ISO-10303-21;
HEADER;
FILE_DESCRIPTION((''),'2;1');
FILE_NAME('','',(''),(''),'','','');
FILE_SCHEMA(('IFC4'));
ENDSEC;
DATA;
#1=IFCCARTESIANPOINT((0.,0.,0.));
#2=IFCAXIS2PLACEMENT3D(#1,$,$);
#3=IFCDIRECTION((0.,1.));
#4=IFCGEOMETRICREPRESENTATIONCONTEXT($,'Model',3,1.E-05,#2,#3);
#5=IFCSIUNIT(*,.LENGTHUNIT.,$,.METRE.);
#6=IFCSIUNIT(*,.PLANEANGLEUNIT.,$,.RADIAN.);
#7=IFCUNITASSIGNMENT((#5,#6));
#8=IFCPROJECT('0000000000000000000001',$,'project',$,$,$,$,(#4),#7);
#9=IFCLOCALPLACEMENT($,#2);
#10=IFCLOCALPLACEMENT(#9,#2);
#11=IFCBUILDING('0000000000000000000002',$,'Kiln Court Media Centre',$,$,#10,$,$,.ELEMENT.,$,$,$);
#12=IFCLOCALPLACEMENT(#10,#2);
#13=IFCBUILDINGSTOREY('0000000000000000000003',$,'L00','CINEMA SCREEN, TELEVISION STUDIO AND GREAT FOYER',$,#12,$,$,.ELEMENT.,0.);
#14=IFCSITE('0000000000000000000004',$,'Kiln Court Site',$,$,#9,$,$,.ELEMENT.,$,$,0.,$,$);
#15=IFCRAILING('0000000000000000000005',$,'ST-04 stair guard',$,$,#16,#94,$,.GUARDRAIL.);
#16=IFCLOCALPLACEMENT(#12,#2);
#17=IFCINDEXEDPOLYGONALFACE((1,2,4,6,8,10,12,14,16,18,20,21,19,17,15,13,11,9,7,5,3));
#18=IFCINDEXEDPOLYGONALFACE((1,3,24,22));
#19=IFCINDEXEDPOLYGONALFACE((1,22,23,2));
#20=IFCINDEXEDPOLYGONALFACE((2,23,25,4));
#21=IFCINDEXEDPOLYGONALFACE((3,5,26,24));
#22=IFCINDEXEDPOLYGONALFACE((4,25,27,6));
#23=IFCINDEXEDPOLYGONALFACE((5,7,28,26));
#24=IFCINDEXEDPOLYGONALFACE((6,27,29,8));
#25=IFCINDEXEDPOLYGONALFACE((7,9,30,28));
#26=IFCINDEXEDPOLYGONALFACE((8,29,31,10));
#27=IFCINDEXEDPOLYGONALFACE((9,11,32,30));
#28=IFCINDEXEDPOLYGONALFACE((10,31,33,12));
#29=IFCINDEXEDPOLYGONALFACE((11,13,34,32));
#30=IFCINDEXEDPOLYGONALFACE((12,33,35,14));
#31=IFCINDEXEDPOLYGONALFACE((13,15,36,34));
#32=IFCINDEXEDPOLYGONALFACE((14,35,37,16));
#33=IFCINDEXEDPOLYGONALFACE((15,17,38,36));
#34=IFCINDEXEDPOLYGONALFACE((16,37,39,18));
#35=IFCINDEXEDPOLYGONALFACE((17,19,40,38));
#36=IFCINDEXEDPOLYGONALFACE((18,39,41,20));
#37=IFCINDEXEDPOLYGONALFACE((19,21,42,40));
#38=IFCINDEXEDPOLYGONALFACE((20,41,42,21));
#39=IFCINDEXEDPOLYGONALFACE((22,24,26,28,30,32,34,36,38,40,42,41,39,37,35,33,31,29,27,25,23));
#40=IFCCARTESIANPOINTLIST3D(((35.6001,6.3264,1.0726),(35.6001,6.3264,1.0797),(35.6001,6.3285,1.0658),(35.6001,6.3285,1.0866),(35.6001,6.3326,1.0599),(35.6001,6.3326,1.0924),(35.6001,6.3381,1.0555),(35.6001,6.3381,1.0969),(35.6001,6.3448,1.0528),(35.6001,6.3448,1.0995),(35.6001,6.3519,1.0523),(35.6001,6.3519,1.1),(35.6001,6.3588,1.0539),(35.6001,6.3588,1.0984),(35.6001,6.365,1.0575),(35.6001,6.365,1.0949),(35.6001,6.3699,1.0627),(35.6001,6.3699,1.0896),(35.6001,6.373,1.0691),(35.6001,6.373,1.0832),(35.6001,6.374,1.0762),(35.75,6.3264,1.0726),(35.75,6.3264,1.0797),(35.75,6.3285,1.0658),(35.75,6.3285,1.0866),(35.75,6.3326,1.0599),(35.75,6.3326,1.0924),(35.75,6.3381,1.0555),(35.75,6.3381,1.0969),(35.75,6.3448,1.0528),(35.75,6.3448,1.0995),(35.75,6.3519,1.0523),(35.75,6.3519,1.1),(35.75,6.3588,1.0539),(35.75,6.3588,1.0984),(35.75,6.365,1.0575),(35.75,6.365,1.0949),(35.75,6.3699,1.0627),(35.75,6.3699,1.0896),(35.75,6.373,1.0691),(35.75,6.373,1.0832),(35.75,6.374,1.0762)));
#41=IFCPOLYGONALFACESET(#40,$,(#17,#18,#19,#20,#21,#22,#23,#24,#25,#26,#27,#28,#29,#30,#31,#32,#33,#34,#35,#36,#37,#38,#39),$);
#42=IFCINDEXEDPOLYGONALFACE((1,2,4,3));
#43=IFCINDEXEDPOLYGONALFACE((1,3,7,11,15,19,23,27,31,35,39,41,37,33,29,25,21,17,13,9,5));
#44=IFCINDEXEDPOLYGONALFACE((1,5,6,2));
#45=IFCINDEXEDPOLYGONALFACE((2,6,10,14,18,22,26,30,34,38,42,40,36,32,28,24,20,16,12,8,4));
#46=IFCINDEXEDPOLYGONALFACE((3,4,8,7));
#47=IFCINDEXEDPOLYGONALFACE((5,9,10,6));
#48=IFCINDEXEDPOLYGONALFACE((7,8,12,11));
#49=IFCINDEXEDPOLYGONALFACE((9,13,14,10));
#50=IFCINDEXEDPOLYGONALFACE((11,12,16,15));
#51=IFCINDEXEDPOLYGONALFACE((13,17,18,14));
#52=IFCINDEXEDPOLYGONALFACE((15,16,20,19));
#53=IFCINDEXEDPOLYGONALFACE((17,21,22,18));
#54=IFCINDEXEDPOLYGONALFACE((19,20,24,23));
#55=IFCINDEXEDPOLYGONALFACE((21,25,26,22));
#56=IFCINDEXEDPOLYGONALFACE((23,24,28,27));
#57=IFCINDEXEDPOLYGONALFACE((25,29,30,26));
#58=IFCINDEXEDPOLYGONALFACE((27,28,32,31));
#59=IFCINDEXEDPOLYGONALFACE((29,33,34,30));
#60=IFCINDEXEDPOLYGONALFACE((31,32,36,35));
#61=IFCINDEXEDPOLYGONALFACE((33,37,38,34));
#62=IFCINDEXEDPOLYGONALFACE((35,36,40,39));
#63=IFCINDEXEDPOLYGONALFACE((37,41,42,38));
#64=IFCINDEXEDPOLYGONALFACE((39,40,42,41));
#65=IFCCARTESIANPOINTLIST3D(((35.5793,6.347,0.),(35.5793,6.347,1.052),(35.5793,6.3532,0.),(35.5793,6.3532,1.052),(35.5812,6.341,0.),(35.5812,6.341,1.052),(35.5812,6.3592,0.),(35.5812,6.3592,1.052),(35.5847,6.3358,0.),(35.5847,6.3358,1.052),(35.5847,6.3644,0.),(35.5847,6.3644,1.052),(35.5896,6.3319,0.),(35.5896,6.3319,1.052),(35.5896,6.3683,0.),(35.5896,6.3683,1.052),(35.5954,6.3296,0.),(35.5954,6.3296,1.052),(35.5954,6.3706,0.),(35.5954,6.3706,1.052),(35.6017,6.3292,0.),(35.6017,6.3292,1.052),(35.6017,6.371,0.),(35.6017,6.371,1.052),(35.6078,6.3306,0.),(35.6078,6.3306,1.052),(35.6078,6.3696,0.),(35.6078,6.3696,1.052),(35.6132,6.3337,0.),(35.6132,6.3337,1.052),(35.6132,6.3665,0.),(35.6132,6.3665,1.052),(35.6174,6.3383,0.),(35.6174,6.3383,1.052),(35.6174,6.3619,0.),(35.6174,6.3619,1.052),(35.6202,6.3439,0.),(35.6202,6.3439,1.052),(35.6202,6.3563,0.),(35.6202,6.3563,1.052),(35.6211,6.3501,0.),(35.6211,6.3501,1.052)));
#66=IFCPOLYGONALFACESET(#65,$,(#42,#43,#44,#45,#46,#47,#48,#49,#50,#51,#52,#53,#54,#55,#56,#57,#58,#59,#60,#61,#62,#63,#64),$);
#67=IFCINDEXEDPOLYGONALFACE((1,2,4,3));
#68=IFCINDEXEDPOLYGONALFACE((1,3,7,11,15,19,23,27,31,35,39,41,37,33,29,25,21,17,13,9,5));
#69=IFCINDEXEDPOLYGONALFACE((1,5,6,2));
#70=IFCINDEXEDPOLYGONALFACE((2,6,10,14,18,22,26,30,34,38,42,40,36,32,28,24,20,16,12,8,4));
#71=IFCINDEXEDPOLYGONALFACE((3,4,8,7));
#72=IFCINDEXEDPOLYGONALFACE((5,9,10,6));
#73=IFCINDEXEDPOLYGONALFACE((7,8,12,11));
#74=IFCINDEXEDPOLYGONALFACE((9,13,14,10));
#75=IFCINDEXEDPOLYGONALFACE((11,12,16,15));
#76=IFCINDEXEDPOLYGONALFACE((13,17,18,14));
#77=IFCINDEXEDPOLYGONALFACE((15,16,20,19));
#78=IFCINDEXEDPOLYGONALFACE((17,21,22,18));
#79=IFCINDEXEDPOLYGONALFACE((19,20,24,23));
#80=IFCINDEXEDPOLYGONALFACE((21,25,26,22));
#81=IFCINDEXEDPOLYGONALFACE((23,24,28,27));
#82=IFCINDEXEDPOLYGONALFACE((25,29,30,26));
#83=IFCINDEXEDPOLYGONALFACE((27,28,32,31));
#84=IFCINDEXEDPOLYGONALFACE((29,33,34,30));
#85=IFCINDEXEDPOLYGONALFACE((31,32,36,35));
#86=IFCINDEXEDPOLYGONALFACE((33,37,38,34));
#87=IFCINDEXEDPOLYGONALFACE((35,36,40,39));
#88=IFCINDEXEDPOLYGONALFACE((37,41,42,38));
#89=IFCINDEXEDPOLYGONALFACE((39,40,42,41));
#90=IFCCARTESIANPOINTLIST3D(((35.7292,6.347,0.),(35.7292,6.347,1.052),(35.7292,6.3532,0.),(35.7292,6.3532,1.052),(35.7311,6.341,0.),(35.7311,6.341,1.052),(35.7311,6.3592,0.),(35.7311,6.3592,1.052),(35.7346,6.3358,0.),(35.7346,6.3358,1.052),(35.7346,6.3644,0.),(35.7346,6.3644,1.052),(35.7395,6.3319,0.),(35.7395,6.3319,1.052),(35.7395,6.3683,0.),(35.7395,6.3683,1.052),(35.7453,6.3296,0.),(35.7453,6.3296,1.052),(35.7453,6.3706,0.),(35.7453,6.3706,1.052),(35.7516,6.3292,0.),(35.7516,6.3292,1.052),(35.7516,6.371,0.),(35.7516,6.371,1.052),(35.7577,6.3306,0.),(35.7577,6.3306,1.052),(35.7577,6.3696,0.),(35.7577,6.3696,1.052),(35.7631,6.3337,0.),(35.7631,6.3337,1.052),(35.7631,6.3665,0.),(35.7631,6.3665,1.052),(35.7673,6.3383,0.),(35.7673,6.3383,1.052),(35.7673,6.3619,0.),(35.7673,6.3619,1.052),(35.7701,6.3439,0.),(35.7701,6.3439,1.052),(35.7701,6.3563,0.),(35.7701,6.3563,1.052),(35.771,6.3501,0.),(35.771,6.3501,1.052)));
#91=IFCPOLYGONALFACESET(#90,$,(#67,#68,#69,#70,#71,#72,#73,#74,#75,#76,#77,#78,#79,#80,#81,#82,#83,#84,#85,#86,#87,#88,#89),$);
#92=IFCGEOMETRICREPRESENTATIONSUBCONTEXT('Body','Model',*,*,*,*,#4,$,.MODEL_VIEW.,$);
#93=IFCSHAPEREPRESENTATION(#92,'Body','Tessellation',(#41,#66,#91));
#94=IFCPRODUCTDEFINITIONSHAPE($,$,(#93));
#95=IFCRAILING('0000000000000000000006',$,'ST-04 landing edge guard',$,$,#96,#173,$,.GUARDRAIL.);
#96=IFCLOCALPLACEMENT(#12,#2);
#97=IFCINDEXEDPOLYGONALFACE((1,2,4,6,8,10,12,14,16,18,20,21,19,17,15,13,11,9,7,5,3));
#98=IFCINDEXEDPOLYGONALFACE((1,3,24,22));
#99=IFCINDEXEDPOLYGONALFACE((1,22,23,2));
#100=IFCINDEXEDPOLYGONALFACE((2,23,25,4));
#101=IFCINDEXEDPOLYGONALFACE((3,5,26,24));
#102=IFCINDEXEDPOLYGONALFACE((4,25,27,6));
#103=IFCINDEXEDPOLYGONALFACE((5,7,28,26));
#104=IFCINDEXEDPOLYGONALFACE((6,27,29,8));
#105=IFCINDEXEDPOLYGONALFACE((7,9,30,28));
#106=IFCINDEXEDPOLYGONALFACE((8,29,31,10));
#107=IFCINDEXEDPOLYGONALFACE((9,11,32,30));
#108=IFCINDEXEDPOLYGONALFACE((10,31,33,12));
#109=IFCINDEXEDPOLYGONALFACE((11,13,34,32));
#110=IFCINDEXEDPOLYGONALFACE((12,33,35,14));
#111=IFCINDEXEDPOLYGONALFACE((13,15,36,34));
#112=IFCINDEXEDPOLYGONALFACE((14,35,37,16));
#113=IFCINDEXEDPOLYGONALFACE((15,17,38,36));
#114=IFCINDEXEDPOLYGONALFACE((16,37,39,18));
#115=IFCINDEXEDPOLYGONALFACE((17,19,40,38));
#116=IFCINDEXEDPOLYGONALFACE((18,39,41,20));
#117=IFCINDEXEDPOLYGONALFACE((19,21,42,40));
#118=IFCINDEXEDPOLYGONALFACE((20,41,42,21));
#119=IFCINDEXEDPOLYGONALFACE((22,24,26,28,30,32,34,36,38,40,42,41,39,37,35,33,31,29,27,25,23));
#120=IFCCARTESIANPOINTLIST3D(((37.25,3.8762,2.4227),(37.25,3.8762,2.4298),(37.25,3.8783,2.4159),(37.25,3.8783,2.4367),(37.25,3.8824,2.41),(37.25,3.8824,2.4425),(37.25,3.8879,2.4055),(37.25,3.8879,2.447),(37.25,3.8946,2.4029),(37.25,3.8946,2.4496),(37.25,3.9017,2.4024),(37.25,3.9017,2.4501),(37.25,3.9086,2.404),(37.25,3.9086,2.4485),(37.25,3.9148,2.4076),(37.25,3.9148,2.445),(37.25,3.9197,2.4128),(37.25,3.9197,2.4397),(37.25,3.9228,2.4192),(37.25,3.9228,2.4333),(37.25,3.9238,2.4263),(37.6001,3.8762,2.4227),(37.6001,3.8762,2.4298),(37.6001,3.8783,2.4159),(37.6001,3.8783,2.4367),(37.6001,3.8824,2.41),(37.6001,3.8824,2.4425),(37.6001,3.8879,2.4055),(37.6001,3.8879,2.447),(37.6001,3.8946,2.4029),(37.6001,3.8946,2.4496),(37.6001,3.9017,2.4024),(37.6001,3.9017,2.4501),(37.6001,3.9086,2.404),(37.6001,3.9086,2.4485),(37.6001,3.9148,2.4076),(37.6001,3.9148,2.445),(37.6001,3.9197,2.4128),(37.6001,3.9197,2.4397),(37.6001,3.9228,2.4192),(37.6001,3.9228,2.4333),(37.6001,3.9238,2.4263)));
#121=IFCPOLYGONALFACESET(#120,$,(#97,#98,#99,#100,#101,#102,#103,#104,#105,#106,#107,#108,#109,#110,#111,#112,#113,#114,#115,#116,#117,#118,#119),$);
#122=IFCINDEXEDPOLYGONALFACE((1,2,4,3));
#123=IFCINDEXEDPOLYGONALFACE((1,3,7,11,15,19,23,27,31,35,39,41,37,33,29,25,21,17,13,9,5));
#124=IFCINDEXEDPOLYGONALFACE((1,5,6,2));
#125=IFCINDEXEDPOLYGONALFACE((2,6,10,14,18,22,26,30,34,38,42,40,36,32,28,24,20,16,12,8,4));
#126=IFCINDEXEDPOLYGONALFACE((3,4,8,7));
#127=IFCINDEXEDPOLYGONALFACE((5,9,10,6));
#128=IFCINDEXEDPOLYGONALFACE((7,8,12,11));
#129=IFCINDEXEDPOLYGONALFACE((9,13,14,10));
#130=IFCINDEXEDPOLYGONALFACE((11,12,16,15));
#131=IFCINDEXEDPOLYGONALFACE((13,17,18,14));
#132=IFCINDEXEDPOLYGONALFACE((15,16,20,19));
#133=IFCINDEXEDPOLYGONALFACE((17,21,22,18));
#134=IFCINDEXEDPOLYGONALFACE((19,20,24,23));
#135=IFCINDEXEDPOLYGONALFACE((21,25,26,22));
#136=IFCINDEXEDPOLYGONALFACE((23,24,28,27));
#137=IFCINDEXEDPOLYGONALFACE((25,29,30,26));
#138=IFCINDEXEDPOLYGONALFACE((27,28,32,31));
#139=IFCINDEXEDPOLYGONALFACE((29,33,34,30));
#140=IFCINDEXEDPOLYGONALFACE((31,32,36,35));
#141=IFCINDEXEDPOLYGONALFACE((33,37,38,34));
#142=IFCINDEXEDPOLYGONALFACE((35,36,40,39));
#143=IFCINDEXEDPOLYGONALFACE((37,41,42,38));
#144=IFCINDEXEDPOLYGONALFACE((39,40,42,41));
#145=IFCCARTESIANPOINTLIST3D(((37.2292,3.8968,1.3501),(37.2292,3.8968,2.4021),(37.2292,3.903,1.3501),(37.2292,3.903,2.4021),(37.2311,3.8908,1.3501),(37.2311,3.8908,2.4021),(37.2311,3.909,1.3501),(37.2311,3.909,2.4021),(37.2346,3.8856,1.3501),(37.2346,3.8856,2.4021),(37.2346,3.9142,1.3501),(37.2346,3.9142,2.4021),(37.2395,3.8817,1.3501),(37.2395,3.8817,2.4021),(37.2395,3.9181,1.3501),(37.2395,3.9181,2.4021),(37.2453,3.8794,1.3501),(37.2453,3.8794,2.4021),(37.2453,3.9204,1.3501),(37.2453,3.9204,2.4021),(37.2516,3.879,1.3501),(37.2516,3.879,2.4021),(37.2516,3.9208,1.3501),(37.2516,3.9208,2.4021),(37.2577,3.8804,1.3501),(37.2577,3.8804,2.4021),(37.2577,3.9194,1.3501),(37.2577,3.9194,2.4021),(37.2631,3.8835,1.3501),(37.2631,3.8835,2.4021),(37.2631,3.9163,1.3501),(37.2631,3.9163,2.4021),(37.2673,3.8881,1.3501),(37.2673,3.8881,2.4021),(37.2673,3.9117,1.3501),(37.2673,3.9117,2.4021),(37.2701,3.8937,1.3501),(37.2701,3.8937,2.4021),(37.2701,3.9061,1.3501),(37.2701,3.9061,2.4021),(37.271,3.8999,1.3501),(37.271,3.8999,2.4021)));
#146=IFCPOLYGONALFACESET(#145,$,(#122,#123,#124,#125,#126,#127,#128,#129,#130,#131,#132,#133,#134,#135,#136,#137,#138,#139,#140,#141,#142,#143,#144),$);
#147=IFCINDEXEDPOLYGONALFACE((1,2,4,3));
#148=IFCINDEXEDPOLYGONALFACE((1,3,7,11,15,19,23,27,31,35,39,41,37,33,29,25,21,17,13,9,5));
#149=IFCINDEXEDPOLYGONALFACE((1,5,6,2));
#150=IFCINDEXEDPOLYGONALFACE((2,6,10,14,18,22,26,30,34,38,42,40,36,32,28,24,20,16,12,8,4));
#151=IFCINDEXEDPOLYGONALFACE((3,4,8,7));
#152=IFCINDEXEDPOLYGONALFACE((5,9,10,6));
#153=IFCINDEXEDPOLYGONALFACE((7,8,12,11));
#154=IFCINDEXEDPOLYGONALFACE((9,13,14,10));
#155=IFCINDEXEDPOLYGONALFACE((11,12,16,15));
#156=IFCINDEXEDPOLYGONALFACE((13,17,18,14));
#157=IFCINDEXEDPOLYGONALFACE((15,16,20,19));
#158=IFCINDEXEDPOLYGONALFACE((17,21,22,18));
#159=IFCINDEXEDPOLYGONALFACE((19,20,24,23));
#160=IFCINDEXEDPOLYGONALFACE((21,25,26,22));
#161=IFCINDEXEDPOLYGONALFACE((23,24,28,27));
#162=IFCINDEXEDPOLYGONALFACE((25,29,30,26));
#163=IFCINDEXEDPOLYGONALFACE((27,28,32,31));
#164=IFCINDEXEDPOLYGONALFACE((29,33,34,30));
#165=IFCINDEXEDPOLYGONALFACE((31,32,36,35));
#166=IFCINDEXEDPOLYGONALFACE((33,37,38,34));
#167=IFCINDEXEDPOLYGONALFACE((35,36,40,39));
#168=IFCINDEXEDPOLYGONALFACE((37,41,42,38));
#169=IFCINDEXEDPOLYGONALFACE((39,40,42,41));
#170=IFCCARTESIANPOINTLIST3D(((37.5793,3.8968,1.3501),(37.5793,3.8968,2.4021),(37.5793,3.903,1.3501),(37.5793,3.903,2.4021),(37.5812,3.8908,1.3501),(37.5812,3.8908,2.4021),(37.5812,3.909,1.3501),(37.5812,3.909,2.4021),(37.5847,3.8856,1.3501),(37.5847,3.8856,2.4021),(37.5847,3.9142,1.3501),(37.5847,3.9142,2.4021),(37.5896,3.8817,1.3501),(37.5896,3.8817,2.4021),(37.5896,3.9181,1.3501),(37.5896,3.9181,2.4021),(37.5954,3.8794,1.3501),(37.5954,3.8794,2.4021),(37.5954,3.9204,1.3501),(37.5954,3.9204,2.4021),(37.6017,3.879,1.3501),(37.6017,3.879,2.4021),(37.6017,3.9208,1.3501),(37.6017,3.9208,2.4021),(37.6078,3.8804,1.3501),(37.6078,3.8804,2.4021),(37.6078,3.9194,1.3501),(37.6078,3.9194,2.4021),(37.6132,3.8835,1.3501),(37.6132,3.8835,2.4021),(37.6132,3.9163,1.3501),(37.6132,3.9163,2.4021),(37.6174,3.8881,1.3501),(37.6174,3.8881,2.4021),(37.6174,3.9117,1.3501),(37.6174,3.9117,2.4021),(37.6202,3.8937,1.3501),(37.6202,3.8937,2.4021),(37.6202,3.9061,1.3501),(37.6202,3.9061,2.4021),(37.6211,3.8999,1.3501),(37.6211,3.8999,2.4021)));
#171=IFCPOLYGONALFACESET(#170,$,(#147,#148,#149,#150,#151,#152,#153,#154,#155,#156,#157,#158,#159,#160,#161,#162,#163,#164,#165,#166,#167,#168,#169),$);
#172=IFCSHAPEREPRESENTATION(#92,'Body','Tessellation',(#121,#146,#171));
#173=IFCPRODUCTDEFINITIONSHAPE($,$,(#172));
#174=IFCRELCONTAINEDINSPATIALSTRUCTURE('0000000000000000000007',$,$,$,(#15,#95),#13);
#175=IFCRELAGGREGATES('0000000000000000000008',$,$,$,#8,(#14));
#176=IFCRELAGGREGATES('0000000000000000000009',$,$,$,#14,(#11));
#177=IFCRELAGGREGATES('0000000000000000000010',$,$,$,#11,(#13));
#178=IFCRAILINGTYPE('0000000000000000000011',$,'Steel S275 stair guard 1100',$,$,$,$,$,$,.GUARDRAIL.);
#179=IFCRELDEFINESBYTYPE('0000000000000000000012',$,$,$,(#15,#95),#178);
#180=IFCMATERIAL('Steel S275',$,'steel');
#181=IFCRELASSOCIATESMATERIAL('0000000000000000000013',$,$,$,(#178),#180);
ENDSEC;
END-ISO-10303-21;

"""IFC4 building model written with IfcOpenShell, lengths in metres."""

from ifc_helpers import new_model, si_unit, direction, frame, origin, origin_2d, place, context, subcontext, project, spatial, circle, extrude, material, type_object, element, save


model = new_model("IFC4")

# Units and contexts
model_context = context("Model", 3, precision=1e-05, world=origin(), true_north=direction((0.0, 1.0)))
body_context = subcontext(model_context, "Body", "Model", "MODEL_VIEW")
ifc_project = project(units=[si_unit("LENGTHUNIT", "METRE"), si_unit("PLANEANGLEUNIT", "RADIAN")], contexts=[model_context])

# Site, building, storey
site_placement = place(None, origin())
site = spatial("IfcSite", under=ifc_project, at=site_placement, Name="Kiln Court Site", CompositionType="ELEMENT", RefElevation=0.0)
building_placement = place(site_placement, origin())
building = spatial("IfcBuilding", under=site, at=building_placement, Name="Kiln Court Media Centre", CompositionType="ELEMENT")
storey_placement = place(building_placement, origin())
storey = spatial("IfcBuildingStorey", under=building, at=storey_placement, Name="L00", Description="CINEMA SCREEN, TELEVISION STUDIO AND GREAT FOYER", CompositionType="ELEMENT", Elevation=0.0)

# Railings
ifc_material_1 = material(Name="Steel S275", Category="steel")
railing_type_1 = type_object("IfcRailingType", Name="Steel S275 stair guard 1100", PredefinedType="GUARDRAIL", material=ifc_material_1)
railing_1_placement = place(storey_placement, frame((35.6001, 6.3501, 0.0)))
element("IfcRailing", 1, at=railing_1_placement, inside=storey, type_object=railing_type_1, Name="ST-04 stair guard", PredefinedType="GUARDRAIL", context=body_context, shape_type="SweptSolid", body=[
    extrude(circle(Radius=0.0239, at=origin_2d()), frame((0.0, 0.0, 1.0762), z_axis=(1.0, 0.0, 0.0), x_axis=(0.0, 1.0, 0.0)), (0.0, 0.0, 1.0), 0.1499),
    extrude(circle(Radius=0.021, at=origin_2d()), origin(), (0.0, 0.0, 1.0), 1.052),
    extrude(circle(Radius=0.021, at=origin_2d()), frame((0.1499, 0.0, 0.0)), (0.0, 0.0, 1.0), 1.052),
])
for number, where, name in (
    (2, (37.25, 3.8999, 1.3501), "ST-04 landing edge guard"),
):
    element("IfcRailing", number, at=place(storey_placement, frame(where)), inside=storey, type_object=railing_type_1, Name=name, PredefinedType="GUARDRAIL", context=body_context, shape_type="SweptSolid", body=[
        extrude(circle(Radius=0.0239, at=origin_2d()), frame((0.0, 0.0, 1.0762), z_axis=(1.0, 0.0, 0.0), x_axis=(0.0, 1.0, 0.0)), (0.0, 0.0, 1.0), 0.3501),
        extrude(circle(Radius=0.021, at=origin_2d()), origin(), (0.0, 0.0, 1.0), 1.052),
        extrude(circle(Radius=0.021, at=origin_2d()), frame((0.3501, 0.0, 0.0)), (0.0, 0.0, 1.0), 1.052),
    ])

save(model, "model.ifc")
